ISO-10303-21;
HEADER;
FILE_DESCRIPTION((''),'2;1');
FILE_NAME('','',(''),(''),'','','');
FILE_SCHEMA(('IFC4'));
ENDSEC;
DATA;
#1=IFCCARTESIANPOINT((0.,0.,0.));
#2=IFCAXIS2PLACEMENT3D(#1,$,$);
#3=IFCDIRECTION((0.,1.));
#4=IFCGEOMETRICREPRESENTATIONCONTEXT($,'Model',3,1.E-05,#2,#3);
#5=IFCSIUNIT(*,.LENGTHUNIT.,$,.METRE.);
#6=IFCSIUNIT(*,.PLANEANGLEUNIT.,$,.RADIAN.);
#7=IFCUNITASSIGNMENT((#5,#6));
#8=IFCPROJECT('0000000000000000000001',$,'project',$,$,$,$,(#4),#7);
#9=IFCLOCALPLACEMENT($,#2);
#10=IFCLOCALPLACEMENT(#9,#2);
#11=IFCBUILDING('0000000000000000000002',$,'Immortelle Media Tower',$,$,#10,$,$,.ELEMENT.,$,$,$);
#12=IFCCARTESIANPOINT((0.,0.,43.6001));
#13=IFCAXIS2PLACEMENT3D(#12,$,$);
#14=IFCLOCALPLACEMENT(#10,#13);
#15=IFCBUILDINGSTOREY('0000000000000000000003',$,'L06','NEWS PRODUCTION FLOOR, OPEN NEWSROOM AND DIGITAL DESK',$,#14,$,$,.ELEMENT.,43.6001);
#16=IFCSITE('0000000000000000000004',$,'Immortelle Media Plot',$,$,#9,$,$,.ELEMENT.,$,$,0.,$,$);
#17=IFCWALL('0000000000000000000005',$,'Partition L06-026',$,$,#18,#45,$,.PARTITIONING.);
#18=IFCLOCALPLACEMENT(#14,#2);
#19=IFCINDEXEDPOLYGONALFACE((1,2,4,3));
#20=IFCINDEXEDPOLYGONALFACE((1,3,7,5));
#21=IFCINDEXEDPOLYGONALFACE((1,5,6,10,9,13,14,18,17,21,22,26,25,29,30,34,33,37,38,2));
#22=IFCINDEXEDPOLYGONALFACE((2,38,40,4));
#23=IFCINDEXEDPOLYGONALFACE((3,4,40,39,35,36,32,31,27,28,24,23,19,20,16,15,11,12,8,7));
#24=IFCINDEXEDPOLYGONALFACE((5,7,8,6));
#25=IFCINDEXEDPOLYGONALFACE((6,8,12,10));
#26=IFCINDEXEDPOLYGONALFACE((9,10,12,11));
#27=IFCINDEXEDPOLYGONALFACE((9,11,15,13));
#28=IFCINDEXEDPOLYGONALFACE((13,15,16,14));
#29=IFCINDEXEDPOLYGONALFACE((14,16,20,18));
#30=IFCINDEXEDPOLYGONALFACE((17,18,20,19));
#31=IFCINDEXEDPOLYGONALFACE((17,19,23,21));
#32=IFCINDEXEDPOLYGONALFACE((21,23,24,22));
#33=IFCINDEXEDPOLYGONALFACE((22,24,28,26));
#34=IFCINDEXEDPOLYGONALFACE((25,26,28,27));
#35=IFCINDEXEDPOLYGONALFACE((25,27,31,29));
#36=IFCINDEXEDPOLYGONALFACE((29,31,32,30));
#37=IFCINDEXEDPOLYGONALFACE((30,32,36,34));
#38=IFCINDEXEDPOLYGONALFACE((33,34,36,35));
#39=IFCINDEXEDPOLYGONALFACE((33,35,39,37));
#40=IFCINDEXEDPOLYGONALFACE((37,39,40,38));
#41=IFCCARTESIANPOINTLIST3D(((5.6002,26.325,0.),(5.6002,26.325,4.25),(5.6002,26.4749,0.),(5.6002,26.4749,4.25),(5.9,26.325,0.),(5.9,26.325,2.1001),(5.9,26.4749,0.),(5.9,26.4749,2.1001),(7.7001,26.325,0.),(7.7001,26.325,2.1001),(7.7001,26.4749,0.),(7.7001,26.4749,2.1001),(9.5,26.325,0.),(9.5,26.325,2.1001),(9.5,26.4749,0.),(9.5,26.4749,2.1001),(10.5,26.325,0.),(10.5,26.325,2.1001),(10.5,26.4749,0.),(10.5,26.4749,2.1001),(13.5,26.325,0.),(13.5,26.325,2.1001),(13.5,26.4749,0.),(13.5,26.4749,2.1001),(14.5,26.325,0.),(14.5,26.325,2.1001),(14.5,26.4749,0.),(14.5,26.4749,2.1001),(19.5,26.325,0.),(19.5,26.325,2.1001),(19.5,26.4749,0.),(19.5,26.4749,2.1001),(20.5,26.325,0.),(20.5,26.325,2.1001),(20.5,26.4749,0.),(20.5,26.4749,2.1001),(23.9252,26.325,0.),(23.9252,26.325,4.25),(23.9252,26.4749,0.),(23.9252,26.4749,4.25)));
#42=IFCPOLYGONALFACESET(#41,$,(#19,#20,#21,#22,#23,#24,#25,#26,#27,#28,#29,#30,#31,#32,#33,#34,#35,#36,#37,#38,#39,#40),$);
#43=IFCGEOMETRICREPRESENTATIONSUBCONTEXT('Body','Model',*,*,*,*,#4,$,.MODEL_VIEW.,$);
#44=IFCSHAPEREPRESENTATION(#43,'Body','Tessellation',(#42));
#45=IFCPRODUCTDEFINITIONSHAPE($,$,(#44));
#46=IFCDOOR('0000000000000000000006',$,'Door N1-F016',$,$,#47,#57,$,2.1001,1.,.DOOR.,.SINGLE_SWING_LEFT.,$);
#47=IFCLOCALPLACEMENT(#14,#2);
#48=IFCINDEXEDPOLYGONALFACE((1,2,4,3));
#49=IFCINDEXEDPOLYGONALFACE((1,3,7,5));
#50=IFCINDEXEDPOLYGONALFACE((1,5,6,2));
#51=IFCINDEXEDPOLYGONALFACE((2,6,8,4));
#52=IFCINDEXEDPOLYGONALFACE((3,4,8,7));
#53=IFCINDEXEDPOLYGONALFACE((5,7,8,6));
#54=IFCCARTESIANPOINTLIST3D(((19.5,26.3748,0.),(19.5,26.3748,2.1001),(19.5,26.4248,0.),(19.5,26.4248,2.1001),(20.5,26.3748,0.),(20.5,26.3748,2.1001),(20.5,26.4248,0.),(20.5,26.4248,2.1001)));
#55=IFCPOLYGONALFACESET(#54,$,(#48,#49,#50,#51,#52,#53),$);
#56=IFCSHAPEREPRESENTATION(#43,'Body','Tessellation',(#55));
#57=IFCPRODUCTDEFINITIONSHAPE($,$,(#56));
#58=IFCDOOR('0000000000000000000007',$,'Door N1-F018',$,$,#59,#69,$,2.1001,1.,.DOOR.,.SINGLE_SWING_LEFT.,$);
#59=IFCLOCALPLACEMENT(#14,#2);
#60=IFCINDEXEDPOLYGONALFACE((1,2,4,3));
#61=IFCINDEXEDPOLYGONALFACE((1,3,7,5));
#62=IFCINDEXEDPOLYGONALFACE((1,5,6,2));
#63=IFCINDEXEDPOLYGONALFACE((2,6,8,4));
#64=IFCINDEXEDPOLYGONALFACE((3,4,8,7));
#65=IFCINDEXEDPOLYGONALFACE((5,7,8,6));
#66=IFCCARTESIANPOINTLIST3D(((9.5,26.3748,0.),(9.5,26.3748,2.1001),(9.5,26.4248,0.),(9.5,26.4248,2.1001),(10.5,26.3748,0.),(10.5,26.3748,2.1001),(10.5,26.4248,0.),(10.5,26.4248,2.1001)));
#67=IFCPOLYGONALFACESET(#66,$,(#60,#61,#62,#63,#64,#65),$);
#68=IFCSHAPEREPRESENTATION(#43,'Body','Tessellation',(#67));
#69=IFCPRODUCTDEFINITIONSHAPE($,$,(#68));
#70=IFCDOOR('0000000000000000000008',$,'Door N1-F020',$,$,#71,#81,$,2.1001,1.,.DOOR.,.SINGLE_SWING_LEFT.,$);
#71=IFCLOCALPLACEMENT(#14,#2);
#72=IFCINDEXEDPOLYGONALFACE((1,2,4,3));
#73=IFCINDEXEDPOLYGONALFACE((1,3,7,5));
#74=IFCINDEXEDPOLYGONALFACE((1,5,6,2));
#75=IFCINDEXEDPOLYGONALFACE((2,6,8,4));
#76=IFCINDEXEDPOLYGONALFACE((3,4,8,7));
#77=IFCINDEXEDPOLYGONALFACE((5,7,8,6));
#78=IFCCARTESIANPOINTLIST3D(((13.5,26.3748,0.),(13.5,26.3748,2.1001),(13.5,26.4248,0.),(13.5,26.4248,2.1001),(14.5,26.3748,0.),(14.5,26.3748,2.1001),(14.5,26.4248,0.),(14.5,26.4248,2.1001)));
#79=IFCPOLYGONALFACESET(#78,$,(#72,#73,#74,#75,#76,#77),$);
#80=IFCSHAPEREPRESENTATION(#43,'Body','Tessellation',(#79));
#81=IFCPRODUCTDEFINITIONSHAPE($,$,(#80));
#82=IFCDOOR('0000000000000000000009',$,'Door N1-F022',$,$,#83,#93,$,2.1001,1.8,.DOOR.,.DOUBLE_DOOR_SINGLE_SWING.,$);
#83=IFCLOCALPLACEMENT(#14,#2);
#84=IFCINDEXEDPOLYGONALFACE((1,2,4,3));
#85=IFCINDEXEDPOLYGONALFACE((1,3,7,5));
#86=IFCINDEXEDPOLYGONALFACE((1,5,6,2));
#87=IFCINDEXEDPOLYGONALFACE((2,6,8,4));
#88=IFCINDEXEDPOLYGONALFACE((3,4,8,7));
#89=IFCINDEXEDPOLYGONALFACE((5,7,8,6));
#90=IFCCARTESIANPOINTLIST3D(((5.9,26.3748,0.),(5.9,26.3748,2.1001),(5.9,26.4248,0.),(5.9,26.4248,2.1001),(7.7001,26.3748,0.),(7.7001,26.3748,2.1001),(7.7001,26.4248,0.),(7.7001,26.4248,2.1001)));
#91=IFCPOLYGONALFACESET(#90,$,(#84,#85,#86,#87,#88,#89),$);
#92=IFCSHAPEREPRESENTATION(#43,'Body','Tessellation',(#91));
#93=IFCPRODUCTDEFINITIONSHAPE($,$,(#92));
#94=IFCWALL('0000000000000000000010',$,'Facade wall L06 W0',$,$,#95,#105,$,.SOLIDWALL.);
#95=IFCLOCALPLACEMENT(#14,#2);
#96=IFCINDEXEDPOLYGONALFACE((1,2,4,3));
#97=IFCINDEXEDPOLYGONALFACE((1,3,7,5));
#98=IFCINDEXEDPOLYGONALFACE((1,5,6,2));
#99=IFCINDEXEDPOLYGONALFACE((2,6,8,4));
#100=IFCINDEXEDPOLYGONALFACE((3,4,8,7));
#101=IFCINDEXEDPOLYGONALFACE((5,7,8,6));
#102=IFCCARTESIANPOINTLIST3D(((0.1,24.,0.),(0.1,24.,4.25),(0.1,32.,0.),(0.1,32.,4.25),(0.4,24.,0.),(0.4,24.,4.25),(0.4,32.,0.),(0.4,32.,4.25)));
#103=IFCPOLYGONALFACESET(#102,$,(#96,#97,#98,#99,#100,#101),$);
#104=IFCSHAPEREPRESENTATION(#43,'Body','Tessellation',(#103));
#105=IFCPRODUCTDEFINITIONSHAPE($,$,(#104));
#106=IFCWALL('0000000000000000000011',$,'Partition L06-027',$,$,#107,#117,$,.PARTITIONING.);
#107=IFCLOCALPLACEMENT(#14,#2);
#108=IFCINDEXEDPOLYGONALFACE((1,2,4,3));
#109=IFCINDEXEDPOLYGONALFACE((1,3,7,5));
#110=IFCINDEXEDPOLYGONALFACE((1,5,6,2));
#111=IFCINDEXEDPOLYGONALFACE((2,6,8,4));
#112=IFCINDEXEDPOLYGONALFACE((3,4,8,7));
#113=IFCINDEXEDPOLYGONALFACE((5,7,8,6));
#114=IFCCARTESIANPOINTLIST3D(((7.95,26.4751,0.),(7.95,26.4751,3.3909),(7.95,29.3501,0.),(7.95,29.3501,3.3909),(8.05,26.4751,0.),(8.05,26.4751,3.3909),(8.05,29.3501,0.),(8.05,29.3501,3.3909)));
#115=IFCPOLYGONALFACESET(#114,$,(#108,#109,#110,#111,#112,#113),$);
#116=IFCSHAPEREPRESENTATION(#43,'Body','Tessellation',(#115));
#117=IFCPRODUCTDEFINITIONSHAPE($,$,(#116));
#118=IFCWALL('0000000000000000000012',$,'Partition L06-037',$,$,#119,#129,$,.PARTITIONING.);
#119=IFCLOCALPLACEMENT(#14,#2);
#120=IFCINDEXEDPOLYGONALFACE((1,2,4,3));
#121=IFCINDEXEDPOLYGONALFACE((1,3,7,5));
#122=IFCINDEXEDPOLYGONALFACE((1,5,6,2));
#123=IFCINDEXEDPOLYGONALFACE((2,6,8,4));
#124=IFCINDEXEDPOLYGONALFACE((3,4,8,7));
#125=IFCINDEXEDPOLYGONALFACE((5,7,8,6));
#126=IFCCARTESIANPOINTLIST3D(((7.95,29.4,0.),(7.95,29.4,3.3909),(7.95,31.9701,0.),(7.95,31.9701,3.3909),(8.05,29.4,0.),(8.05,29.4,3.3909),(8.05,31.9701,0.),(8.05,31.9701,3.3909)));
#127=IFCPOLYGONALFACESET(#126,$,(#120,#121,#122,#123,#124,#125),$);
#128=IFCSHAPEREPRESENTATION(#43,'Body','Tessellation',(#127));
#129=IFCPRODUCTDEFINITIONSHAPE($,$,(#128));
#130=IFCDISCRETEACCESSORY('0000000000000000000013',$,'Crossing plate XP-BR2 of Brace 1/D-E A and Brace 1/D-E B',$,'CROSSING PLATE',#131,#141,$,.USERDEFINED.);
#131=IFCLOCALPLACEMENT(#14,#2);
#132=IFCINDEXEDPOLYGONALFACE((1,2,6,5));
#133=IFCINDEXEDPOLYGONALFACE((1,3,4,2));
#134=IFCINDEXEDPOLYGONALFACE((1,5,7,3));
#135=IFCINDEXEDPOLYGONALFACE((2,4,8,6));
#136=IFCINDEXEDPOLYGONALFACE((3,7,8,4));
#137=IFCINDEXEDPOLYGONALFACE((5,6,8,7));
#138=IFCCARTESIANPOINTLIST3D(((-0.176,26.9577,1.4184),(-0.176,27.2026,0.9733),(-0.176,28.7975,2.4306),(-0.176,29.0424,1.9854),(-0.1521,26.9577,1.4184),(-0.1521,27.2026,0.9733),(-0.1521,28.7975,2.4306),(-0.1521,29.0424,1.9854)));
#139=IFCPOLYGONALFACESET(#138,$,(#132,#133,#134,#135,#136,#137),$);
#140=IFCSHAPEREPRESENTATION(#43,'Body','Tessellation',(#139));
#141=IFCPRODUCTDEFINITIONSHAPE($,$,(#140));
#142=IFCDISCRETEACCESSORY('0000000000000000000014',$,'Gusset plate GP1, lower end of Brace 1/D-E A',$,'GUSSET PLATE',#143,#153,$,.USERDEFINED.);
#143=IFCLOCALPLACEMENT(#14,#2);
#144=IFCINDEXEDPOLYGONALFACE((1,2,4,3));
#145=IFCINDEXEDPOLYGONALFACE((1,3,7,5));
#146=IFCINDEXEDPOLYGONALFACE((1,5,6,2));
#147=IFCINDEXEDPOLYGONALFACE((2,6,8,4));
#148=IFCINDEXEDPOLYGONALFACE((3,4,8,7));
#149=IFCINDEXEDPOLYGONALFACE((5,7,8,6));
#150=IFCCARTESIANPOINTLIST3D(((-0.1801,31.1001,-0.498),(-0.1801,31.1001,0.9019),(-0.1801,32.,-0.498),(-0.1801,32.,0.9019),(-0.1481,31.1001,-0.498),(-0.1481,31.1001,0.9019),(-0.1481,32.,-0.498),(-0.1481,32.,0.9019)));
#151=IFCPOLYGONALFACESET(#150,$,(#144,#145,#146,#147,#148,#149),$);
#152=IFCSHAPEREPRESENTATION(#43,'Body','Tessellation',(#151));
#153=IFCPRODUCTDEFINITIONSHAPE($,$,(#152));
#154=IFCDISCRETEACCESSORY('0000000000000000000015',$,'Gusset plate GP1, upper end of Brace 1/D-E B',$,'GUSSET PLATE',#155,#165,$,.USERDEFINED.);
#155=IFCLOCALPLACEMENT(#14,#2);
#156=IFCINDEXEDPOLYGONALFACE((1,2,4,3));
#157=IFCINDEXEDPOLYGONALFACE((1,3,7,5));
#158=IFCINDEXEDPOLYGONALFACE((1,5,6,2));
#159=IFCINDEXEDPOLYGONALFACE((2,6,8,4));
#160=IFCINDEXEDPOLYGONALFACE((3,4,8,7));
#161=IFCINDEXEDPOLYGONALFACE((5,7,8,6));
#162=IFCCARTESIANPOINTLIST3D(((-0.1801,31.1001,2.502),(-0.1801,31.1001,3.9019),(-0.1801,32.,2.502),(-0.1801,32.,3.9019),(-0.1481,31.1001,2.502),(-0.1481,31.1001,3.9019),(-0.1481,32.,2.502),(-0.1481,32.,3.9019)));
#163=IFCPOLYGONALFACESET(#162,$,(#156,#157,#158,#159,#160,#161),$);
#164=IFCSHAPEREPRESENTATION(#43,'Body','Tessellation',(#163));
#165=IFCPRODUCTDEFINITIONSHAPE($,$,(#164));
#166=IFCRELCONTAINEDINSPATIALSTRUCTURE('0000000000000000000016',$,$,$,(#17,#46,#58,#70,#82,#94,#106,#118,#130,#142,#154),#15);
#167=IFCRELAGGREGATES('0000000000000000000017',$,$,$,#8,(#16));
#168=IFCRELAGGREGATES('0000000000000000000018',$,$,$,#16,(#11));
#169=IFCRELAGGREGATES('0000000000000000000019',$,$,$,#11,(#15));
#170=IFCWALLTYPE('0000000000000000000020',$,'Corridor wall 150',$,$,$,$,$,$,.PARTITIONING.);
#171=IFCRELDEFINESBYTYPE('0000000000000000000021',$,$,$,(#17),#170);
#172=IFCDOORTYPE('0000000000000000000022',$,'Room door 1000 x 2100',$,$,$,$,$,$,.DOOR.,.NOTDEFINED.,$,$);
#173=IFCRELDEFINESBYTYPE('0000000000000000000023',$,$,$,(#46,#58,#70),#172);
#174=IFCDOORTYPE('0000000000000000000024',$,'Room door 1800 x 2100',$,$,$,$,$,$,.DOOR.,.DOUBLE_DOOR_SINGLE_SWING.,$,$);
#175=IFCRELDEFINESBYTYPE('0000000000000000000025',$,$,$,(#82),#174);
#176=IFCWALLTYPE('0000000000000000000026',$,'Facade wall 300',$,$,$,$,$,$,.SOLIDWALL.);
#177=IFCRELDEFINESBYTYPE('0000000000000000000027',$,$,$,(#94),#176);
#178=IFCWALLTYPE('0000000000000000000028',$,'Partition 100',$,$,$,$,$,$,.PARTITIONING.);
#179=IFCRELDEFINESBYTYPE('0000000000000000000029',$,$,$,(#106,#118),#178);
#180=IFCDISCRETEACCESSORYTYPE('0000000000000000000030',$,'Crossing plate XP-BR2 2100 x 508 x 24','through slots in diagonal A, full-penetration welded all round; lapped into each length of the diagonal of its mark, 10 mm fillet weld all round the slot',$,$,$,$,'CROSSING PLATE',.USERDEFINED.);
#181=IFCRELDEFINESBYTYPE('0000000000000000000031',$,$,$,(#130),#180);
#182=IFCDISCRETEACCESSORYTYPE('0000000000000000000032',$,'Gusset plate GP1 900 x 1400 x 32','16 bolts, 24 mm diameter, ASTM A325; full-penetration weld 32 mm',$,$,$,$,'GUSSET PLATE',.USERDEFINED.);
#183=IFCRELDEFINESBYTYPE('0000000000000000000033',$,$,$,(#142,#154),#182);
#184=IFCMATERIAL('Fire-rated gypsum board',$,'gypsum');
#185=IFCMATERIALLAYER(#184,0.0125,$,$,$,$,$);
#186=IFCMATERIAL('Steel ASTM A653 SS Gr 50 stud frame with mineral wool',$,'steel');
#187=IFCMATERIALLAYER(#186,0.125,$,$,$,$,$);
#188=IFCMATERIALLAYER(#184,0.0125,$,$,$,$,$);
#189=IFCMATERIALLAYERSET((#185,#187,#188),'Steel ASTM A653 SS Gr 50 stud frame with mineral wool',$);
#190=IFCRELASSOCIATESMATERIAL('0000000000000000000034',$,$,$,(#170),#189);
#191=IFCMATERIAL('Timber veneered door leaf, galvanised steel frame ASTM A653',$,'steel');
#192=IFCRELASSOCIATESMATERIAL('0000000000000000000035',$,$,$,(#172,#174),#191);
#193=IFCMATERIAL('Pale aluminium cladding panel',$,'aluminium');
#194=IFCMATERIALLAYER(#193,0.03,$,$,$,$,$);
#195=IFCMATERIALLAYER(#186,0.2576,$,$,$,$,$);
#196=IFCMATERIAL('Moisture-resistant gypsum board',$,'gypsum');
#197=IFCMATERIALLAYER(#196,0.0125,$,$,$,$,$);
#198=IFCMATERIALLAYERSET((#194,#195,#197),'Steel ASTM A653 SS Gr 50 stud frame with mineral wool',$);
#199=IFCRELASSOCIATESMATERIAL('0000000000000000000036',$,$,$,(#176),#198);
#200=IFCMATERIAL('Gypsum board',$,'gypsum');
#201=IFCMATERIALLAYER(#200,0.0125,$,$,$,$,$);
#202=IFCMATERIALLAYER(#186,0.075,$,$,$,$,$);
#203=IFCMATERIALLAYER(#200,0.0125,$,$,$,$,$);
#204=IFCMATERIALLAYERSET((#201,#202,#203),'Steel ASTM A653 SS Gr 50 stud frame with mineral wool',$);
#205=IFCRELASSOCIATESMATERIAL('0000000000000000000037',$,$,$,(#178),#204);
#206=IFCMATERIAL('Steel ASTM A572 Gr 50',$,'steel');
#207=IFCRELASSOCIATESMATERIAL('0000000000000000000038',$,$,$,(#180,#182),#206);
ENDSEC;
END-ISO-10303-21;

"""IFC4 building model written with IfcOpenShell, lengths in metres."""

from ifc_helpers import new_model, si_unit, direction, frame, frame_2d, origin, origin_2d, place, context, subcontext, project, spatial, rectangle, extrude, material, layer, layer_set, material_profile, profile_set, type_object, element, fill, save


model = new_model("IFC4")

# Units and contexts
model_context = context("Model", 3, precision=1e-05, world=origin(), true_north=direction((0.0, 1.0)))
body_context = subcontext(model_context, "Body", "Model", "MODEL_VIEW")
ifc_project = project(units=[si_unit("LENGTHUNIT", "METRE"), si_unit("PLANEANGLEUNIT", "RADIAN")], contexts=[model_context])

# Site, building, storey
site_placement = place(None, origin())
site = spatial("IfcSite", under=ifc_project, at=site_placement, Name="Immortelle Media Plot", CompositionType="ELEMENT", RefElevation=0.0)
building_placement = place(site_placement, origin())
building = spatial("IfcBuilding", under=site, at=building_placement, Name="Immortelle Media Tower", CompositionType="ELEMENT")
storey_placement = place(building_placement, frame((0.0, 0.0, 43.6001)))
storey = spatial("IfcBuildingStorey", under=building, at=storey_placement, Name="L06", Description="NEWS PRODUCTION FLOOR, OPEN NEWSROOM AND DIGITAL DESK", CompositionType="ELEMENT", Elevation=43.6001)

# Wall, openings, doors
ifc_material_1 = material(Name="Fire-rated gypsum board", Category="gypsum")
ifc_layer_1 = layer(ifc_material_1, 0.0125)
ifc_material_2 = material(Name="Steel ASTM A653 SS Gr 50 stud frame with mineral wool", Category="steel")
ifc_layer_2 = layer(ifc_material_2, 0.125)
ifc_layer_3 = layer(ifc_material_1, 0.0125)
ifc_layer_set_1 = layer_set([ifc_layer_1, ifc_layer_2, ifc_layer_3], Name="Steel ASTM A653 SS Gr 50 stud frame with mineral wool")
wall_type_1 = type_object("IfcWallType", Name="Corridor wall 150", PredefinedType="PARTITIONING", material=ifc_layer_set_1)
wall_1_placement = place(storey_placement, frame((5.6001, 26.3999, 0.0), z_axis=(0.0, 0.0, 1.0), x_axis=(1.0, 0.0, 0.0)))
wall_1 = element("IfcWall", 1, at=wall_1_placement, inside=storey, type_object=wall_type_1, Name="Partition L06-026", PredefinedType="PARTITIONING", context=body_context, shape_type="SweptSolid", body=[
    extrude(rectangle(XDim=18.325, YDim=0.1499, at=frame_2d((9.1626, 0.0))), origin(), (0.0, 0.0, 1.0), 4.25),
])
opening_1_placement = place(wall_1_placement, frame((13.8999, 0.0, 0.0)))
opening_1 = element("IfcOpeningElement", 2, at=opening_1_placement, cuts=wall_1, PredefinedType="OPENING", context=body_context, shape_type="SweptSolid", body=[
    extrude(rectangle(XDim=1.0, YDim=2.1001, at=frame_2d((0.5, 1.05))), frame((0.0, 0.085, 0.0), z_axis=(0.0, -1.0, 0.0), x_axis=(1.0, 0.0, 0.0)), (0.0, 0.0, 1.0), 0.1699),
])
opening_2_placement = place(wall_1_placement, frame((3.8999, 0.0, 0.0)))
opening_2 = element("IfcOpeningElement", 3, at=opening_2_placement, cuts=wall_1, PredefinedType="OPENING", context=body_context, shape_type="SweptSolid", body=[
    extrude(rectangle(XDim=1.0, YDim=2.1001, at=frame_2d((0.5, 1.05))), frame((0.0, 0.085, 0.0), z_axis=(0.0, -1.0, 0.0), x_axis=(1.0, 0.0, 0.0)), (0.0, 0.0, 1.0), 0.1699),
])
opening_3_placement = place(wall_1_placement, frame((7.8999, 0.0, 0.0)))
opening_3 = element("IfcOpeningElement", 4, at=opening_3_placement, cuts=wall_1, PredefinedType="OPENING", context=body_context, shape_type="SweptSolid", body=[
    extrude(rectangle(XDim=1.0, YDim=2.1001, at=frame_2d((0.5, 1.05))), frame((0.0, 0.085, 0.0), z_axis=(0.0, -1.0, 0.0), x_axis=(1.0, 0.0, 0.0)), (0.0, 0.0, 1.0), 0.1699),
])
opening_4_placement = place(wall_1_placement, frame((0.3, 0.0, 0.0)))
opening_4 = element("IfcOpeningElement", 5, at=opening_4_placement, cuts=wall_1, PredefinedType="OPENING", context=body_context, shape_type="SweptSolid", body=[
    extrude(rectangle(XDim=1.8, YDim=2.1001, at=frame_2d((0.8999, 1.05))), frame((0.0, 0.085, 0.0), z_axis=(0.0, -1.0, 0.0), x_axis=(1.0, 0.0, 0.0)), (0.0, 0.0, 1.0), 0.1699),
])
ifc_material_3 = material(Name="Timber veneered door leaf, galvanised steel frame ASTM A653", Category="steel")
door_type_1 = type_object("IfcDoorType", Name="Room door 1000 x 2100", OperationType="NOTDEFINED", PredefinedType="DOOR", material=ifc_material_3)
door_1_placement = place(opening_1_placement, origin())
door_1 = element("IfcDoor", 6, at=door_1_placement, inside=storey, type_object=door_type_1, Name="Door N1-F016", OperationType="SINGLE_SWING_LEFT", OverallHeight=2.1001, OverallWidth=1.0, PredefinedType="DOOR", context=body_context, shape_type="SweptSolid", body=[
    extrude(rectangle(XDim=1.0, YDim=2.1001, at=frame_2d((0.5, 1.05))), frame((0.0, 0.0249, 0.0), z_axis=(0.0, -1.0, 0.0), x_axis=(1.0, 0.0, 0.0)), (0.0, 0.0, 1.0), 0.05),
])
fill(opening_1, door_1)
door_2_placement = place(opening_2_placement, origin())
door_2 = element("IfcDoor", 7, at=door_2_placement, inside=storey, type_object=door_type_1, Name="Door N1-F018", OperationType="SINGLE_SWING_LEFT", OverallHeight=2.1001, OverallWidth=1.0, PredefinedType="DOOR", context=body_context, shape_type="SweptSolid", body=[
    extrude(rectangle(XDim=1.0, YDim=2.1001, at=frame_2d((0.5, 1.05))), frame((0.0, 0.0249, 0.0), z_axis=(0.0, -1.0, 0.0), x_axis=(1.0, 0.0, 0.0)), (0.0, 0.0, 1.0), 0.05),
])
fill(opening_2, door_2)
door_3_placement = place(opening_3_placement, origin())
door_3 = element("IfcDoor", 8, at=door_3_placement, inside=storey, type_object=door_type_1, Name="Door N1-F020", OperationType="SINGLE_SWING_LEFT", OverallHeight=2.1001, OverallWidth=1.0, PredefinedType="DOOR", context=body_context, shape_type="SweptSolid", body=[
    extrude(rectangle(XDim=1.0, YDim=2.1001, at=frame_2d((0.5, 1.05))), frame((0.0, 0.0249, 0.0), z_axis=(0.0, -1.0, 0.0), x_axis=(1.0, 0.0, 0.0)), (0.0, 0.0, 1.0), 0.05),
])
fill(opening_3, door_3)
door_type_2 = type_object("IfcDoorType", Name="Room door 1800 x 2100", OperationType="DOUBLE_DOOR_SINGLE_SWING", PredefinedType="DOOR", material=ifc_material_3)
door_4_placement = place(opening_4_placement, origin())
door_4 = element("IfcDoor", 9, at=door_4_placement, inside=storey, type_object=door_type_2, Name="Door N1-F022", OperationType="DOUBLE_DOOR_SINGLE_SWING", OverallHeight=2.1001, OverallWidth=1.8, PredefinedType="DOOR", context=body_context, shape_type="SweptSolid", body=[
    extrude(rectangle(XDim=1.8, YDim=2.1001, at=frame_2d((0.8999, 1.05))), frame((0.0, 0.0249, 0.0), z_axis=(0.0, -1.0, 0.0), x_axis=(1.0, 0.0, 0.0)), (0.0, 0.0, 1.0), 0.05),
])
fill(opening_4, door_4)

# Walls
ifc_material_4 = material(Name="Pale aluminium cladding panel", Category="aluminium")
ifc_layer_4 = layer(ifc_material_4, 0.03)
ifc_layer_5 = layer(ifc_material_2, 0.2576)
ifc_material_5 = material(Name="Moisture-resistant gypsum board", Category="gypsum")
ifc_layer_6 = layer(ifc_material_5, 0.0125)
ifc_layer_set_2 = layer_set([ifc_layer_4, ifc_layer_5, ifc_layer_6], Name="Steel ASTM A653 SS Gr 50 stud frame with mineral wool")
wall_type_2 = type_object("IfcWallType", Name="Facade wall 300", PredefinedType="SOLIDWALL", material=ifc_layer_set_2)
wall_2_placement = place(storey_placement, frame((0.25, 32.0, 0.0), z_axis=(0.0, 0.0, 1.0), x_axis=(0.0, -1.0, 0.0)))
element("IfcWall", 10, at=wall_2_placement, inside=storey, type_object=wall_type_2, Name="Facade wall L06 W0", PredefinedType="SOLIDWALL", context=body_context, shape_type="SweptSolid", body=[
    extrude(rectangle(XDim=8.0, YDim=0.3, at=frame_2d((4.0, 0.0))), origin(), (0.0, 0.0, 1.0), 4.25),
])
ifc_material_6 = material(Name="Gypsum board", Category="gypsum")
ifc_layer_7 = layer(ifc_material_6, 0.0125)
ifc_layer_8 = layer(ifc_material_2, 0.075)
ifc_layer_9 = layer(ifc_material_6, 0.0125)
ifc_layer_set_3 = layer_set([ifc_layer_7, ifc_layer_8, ifc_layer_9], Name="Steel ASTM A653 SS Gr 50 stud frame with mineral wool")
wall_type_3 = type_object("IfcWallType", Name="Partition 100", PredefinedType="PARTITIONING", material=ifc_layer_set_3)
wall_3_placement = place(storey_placement, frame((8.0, 26.4751, 0.0), z_axis=(0.0, 0.0, 1.0), x_axis=(0.0, 1.0, 0.0)))
element("IfcWall", 11, at=wall_3_placement, inside=storey, type_object=wall_type_3, Name="Partition L06-027", PredefinedType="PARTITIONING", context=body_context, shape_type="SweptSolid", body=[
    extrude(rectangle(XDim=2.875, YDim=0.1001, at=frame_2d((1.4375, 0.0))), origin(), (0.0, 0.0, 1.0), 3.3909),
])
wall_4_placement = place(storey_placement, frame((8.0, 29.3999, 0.0), z_axis=(0.0, 0.0, 1.0), x_axis=(0.0, 1.0, 0.0)))
element("IfcWall", 12, at=wall_4_placement, inside=storey, type_object=wall_type_3, Name="Partition L06-037", PredefinedType="PARTITIONING", context=body_context, shape_type="SweptSolid", body=[
    extrude(rectangle(XDim=2.5701, YDim=0.1001, at=frame_2d((1.2852, 0.0))), origin(), (0.0, 0.0, 1.0), 3.3909),
])

# Discrete accessories
ifc_material_7 = material(Name="Steel ASTM A572 Gr 50", Category="steel")
ifc_material_profile_1 = material_profile(ifc_material_7, rectangle(XDim=0.0239, YDim=0.5081, at=origin_2d()), Name="PL 24 x 508")
ifc_profile_set_1 = profile_set([ifc_material_profile_1], Name="Steel ASTM A572 Gr 50")
discrete_accessory_type_1 = type_object("IfcDiscreteAccessoryType", Name="Crossing plate XP-BR2 2100 x 508 x 24", Description="through slots in diagonal A, full-penetration welded all round; lapped into each length of the diagonal of its mark, 10 mm fillet weld all round the slot", ElementType="CROSSING PLATE", PredefinedType="USERDEFINED", material=ifc_profile_set_1)
discrete_accessory_placement = place(storey_placement, frame((-0.1641, 28.9199, 2.208), z_axis=(0.0, -0.876157, -0.482026), x_axis=(1.0, 0.0, 0.0)))
element("IfcDiscreteAccessory", 13, at=discrete_accessory_placement, inside=storey, type_object=discrete_accessory_type_1, Name="Crossing plate XP-BR2 of Brace 1/D-E A and Brace 1/D-E B", ObjectType="CROSSING PLATE", PredefinedType="USERDEFINED", context=body_context, shape_type="SweptSolid", body=[
    extrude(rectangle(XDim=0.0239, YDim=0.5081, at=origin_2d()), origin(), (0.0, 0.0, 1.0), 2.0999),
])
ifc_material_profile_2 = material_profile(ifc_material_7, rectangle(XDim=0.032, YDim=1.3999, at=origin_2d()), Name="PL 32 x 1400")
ifc_profile_set_2 = profile_set([ifc_material_profile_2], Name="Steel ASTM A572 Gr 50")
discrete_accessory_type_2 = type_object("IfcDiscreteAccessoryType", Name="Gusset plate GP1 900 x 1400 x 32", Description="16 bolts, 24 mm diameter, ASTM A325; full-penetration weld 32 mm", ElementType="GUSSET PLATE", PredefinedType="USERDEFINED", material=ifc_profile_set_2)
for number, where, z_axis, x_axis, name in (
    (14, (-0.1641, 32.0, 0.2019), (0.0, -1.0, 0.0), (1.0, 0.0, 0.0), "Gusset plate GP1, lower end of Brace 1/D-E A"),
    (15, (-0.1641, 32.0, 3.2019), (0.0, -1.0, 0.0), (1.0, 0.0, 0.0), "Gusset plate GP1, upper end of Brace 1/D-E B"),
):
    element("IfcDiscreteAccessory", number, at=place(storey_placement, frame(where, z_axis=z_axis, x_axis=x_axis)), inside=storey, type_object=discrete_accessory_type_2, Name=name, ObjectType="GUSSET PLATE", PredefinedType="USERDEFINED", context=body_context, shape_type="SweptSolid", body=[
        extrude(rectangle(XDim=0.032, YDim=1.3999, at=origin_2d()), origin(), (0.0, 0.0, 1.0), 0.8999),
    ])

save(model, "model.ifc")
